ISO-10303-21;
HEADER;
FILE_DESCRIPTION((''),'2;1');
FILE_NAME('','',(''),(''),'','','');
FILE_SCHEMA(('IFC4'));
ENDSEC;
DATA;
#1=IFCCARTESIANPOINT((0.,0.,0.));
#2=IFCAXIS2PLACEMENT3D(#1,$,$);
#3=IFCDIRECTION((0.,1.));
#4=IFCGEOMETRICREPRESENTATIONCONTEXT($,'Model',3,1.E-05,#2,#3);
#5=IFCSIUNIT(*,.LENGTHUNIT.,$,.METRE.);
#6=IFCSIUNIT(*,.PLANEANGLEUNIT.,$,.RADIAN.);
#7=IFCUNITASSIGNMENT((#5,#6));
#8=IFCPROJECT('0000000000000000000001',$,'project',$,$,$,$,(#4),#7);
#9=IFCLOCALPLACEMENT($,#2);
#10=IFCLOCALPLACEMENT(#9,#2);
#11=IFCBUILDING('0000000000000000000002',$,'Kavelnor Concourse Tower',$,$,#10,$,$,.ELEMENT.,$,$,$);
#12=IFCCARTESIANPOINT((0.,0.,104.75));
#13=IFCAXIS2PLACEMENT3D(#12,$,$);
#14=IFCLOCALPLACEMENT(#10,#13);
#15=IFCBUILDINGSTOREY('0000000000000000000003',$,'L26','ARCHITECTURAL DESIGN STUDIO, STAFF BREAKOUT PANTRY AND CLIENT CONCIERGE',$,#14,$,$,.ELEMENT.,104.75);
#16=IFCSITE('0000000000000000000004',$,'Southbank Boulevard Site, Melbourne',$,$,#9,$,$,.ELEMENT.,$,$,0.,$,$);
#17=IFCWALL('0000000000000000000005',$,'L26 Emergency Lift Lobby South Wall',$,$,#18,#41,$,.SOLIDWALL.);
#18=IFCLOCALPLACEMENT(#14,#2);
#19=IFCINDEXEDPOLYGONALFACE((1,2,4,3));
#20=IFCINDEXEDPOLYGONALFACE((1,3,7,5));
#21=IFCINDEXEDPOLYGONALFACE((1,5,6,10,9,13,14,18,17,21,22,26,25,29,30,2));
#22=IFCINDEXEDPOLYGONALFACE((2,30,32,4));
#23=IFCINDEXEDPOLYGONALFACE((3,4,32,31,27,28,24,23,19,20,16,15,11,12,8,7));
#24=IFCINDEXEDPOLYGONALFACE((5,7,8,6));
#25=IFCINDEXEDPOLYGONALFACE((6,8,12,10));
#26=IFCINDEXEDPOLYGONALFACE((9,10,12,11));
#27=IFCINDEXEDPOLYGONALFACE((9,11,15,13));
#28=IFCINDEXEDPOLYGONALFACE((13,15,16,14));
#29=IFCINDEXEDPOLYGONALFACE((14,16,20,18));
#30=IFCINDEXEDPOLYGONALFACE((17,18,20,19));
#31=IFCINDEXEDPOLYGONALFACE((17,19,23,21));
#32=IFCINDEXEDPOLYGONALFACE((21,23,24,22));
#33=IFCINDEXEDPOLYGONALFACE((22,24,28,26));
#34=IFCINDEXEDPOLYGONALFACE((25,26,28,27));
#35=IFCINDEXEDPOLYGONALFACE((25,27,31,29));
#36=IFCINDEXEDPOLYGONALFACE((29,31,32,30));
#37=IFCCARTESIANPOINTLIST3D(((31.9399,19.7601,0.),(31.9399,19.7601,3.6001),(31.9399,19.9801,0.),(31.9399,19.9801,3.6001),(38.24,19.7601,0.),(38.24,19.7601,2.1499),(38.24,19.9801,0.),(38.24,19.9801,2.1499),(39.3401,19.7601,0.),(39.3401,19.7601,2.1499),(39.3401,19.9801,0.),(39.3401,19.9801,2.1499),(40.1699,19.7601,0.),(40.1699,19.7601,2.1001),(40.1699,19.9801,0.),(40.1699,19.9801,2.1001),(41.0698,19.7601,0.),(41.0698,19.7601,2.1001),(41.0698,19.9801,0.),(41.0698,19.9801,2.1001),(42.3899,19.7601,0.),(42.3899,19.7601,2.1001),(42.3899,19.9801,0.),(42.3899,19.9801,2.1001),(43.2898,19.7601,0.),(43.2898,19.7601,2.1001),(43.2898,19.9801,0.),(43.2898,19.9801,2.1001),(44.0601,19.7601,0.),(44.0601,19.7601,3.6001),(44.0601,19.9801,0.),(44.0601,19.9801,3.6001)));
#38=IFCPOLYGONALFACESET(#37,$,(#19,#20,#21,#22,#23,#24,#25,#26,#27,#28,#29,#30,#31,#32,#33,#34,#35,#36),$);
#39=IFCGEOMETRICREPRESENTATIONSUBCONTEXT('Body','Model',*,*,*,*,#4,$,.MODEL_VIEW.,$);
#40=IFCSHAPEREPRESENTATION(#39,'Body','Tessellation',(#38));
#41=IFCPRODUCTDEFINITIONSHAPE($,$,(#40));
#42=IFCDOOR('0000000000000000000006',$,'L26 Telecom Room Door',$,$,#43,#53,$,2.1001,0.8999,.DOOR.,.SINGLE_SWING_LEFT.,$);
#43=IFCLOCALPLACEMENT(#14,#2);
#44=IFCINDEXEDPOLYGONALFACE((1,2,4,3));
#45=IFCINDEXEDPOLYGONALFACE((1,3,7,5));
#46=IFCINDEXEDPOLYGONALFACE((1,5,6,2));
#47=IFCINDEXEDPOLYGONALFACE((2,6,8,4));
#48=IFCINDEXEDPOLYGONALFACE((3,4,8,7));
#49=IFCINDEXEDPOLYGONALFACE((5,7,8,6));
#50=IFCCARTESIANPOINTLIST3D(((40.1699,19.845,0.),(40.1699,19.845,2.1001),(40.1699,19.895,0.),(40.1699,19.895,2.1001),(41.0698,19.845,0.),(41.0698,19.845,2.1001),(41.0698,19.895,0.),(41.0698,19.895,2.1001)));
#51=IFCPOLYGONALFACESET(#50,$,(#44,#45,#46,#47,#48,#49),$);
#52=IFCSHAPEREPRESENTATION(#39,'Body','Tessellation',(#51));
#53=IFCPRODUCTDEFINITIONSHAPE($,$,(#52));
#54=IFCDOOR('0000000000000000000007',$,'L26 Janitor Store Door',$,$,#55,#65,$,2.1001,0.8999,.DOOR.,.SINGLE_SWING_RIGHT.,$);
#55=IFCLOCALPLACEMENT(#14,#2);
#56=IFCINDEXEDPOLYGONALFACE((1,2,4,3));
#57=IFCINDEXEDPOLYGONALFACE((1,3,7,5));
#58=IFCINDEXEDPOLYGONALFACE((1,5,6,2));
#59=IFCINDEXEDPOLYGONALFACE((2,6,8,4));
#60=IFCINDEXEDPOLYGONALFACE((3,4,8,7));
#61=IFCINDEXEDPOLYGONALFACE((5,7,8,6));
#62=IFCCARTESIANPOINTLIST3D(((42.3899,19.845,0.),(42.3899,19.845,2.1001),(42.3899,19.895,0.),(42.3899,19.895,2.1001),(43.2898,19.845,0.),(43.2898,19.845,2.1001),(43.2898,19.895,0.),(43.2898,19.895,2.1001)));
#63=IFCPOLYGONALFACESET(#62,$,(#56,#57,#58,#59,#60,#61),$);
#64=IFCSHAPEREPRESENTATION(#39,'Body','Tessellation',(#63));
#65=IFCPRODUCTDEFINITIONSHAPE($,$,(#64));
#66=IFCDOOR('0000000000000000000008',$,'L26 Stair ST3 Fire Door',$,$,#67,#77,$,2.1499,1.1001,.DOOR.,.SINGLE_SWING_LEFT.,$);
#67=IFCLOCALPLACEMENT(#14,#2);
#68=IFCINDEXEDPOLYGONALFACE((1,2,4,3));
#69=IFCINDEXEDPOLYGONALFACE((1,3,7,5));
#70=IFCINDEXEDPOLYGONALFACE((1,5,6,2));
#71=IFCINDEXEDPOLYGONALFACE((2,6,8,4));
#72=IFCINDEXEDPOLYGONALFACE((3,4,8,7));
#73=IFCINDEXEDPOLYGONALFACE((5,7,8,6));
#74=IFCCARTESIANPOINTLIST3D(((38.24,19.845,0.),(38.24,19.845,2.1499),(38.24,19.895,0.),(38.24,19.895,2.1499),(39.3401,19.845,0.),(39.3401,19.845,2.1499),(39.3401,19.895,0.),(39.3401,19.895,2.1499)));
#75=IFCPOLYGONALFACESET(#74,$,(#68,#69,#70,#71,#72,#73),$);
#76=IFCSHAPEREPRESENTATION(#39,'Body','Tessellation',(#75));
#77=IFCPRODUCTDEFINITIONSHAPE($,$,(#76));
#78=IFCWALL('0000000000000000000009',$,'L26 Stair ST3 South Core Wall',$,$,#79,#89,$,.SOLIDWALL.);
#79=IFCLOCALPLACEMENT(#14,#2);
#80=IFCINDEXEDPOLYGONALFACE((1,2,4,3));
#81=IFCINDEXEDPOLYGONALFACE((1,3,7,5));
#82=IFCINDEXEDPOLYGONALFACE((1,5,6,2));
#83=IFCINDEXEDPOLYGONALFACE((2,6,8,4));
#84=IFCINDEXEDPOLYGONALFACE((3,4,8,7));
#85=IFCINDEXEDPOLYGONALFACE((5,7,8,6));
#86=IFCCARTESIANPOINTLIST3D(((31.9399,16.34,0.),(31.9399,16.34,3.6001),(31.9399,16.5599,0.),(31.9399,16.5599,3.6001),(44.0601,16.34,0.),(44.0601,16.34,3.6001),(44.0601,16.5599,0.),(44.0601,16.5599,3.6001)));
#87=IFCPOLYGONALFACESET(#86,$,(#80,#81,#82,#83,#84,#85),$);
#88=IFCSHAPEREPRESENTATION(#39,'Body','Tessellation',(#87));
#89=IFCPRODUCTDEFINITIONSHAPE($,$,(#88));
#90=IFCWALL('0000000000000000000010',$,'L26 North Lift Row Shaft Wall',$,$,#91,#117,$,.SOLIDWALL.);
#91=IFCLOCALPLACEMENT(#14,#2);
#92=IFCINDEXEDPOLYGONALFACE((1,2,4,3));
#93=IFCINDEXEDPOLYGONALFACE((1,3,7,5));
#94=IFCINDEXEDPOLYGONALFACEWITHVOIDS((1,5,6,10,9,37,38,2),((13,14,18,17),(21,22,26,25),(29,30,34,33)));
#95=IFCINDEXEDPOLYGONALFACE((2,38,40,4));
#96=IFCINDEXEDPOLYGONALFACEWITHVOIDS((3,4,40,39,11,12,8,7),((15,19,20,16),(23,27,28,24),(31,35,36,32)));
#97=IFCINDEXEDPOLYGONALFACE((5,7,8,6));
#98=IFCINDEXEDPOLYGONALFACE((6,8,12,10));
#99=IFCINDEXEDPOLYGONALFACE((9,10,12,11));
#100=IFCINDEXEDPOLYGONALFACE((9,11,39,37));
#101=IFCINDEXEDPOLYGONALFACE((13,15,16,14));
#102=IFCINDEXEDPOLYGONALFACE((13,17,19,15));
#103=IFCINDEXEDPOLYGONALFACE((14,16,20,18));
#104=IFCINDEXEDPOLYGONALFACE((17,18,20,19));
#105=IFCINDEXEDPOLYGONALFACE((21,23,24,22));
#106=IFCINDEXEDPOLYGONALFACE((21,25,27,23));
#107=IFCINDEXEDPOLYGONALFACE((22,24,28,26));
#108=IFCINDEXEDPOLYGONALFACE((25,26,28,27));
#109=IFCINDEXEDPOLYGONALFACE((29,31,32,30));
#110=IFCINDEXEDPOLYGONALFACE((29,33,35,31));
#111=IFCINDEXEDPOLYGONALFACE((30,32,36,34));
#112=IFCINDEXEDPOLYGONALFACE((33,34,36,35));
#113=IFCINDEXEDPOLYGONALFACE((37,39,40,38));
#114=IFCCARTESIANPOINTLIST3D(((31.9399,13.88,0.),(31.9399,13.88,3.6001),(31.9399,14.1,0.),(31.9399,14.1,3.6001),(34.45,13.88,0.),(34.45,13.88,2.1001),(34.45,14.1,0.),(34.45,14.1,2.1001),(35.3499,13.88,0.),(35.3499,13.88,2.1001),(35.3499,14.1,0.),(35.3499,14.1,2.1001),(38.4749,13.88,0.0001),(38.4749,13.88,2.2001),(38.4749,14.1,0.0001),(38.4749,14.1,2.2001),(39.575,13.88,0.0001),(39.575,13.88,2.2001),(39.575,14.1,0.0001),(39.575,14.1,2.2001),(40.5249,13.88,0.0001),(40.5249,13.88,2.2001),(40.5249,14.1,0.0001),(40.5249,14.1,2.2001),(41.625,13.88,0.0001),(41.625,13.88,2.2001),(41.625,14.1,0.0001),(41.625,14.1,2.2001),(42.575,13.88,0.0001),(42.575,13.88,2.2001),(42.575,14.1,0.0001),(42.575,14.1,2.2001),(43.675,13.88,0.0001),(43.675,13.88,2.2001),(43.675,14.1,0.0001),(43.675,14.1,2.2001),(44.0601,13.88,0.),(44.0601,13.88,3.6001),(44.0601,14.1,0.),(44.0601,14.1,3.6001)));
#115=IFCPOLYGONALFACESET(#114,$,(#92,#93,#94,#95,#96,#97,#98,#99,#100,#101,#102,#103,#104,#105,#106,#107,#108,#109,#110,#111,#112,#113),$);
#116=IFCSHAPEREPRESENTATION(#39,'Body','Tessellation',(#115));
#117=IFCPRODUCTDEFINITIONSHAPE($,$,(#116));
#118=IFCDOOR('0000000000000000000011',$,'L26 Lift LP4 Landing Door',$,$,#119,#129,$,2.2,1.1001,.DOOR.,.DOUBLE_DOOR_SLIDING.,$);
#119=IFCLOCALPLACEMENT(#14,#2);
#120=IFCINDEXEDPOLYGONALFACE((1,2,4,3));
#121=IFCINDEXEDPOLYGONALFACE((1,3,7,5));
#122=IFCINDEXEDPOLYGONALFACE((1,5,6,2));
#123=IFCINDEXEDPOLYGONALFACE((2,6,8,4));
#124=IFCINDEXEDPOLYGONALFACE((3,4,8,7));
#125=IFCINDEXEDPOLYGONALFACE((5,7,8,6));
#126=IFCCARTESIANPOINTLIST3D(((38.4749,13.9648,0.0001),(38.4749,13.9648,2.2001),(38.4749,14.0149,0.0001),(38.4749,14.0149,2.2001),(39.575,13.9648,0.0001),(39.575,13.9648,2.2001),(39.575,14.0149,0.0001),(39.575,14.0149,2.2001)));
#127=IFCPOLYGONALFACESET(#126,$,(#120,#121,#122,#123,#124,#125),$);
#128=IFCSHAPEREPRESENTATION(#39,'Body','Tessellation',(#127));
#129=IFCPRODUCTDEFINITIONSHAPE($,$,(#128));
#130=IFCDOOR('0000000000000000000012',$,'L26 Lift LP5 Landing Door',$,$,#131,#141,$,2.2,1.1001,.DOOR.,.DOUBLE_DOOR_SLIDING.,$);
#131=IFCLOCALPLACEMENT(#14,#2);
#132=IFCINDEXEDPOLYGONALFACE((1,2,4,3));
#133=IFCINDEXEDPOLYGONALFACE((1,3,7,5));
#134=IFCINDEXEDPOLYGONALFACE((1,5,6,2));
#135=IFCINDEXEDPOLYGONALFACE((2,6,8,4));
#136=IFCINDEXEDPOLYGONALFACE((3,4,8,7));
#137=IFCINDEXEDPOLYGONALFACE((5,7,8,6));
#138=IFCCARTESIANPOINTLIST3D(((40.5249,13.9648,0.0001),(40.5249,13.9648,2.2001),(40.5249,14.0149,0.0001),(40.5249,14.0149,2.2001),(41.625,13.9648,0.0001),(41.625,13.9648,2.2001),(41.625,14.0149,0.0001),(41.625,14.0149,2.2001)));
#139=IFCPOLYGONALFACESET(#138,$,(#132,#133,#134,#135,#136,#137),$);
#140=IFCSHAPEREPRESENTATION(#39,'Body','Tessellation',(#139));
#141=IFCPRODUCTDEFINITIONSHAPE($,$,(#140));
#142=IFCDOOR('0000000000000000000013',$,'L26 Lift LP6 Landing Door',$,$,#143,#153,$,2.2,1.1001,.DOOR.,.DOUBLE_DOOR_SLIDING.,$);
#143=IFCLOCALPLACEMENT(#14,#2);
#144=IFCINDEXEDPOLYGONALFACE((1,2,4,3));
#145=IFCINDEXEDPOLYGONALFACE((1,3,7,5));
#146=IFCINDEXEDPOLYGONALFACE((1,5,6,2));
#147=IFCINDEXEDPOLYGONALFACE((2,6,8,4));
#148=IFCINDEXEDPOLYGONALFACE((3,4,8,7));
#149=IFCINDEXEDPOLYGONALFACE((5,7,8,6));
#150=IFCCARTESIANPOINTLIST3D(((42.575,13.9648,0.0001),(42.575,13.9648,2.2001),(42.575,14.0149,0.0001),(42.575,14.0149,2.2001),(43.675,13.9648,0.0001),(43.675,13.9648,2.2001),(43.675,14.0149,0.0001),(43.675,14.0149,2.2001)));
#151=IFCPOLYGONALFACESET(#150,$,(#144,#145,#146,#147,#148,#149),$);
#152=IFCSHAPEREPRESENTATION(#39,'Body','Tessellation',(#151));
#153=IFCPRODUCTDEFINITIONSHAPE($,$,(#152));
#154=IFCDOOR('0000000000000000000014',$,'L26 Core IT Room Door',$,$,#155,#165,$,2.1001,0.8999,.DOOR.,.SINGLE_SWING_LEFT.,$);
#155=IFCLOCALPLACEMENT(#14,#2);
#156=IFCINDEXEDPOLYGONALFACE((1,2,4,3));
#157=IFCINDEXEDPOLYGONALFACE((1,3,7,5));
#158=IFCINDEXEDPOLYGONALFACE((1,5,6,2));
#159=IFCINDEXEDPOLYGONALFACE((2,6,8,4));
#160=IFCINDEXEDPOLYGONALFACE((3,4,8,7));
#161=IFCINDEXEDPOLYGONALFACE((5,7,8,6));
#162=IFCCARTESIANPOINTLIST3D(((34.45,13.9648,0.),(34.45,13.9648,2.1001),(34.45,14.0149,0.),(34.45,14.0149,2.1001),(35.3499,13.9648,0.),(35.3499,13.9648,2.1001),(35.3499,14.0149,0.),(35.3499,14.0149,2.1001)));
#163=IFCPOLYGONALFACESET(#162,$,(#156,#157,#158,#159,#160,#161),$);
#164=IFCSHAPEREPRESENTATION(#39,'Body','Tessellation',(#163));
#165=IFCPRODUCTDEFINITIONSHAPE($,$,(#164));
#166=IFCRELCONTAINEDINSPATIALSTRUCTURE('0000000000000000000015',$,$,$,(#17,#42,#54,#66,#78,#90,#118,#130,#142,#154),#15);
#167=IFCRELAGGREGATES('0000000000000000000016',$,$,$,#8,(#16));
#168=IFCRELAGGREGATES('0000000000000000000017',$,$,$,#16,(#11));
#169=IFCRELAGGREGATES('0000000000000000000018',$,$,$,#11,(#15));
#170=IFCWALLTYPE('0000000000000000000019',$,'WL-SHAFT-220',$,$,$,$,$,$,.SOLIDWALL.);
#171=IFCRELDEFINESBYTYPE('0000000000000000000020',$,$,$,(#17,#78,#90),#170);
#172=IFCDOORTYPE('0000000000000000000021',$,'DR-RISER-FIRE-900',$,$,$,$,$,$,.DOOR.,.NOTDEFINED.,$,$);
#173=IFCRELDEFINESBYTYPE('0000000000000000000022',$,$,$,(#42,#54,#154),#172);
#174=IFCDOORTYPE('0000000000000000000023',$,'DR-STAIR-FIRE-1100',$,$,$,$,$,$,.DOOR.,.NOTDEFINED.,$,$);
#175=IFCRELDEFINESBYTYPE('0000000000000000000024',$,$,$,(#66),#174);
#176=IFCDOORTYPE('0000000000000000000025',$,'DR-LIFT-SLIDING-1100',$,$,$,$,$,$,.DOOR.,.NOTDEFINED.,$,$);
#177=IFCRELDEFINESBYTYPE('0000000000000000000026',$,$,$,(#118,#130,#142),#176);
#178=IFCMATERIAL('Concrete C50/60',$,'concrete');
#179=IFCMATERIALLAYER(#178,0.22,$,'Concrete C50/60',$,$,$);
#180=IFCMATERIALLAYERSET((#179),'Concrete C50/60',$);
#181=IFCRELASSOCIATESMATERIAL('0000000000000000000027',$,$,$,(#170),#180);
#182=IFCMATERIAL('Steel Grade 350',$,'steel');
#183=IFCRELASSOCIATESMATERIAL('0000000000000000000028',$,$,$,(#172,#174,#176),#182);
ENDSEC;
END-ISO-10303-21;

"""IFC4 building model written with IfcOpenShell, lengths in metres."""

from ifc_helpers import new_model, si_unit, direction, frame, frame_2d, origin, place, context, subcontext, project, spatial, rectangle, extrude, material, layer, layer_set, type_object, element, fill, save


model = new_model("IFC4")

# Units and contexts
model_context = context("Model", 3, precision=1e-05, world=origin(), true_north=direction((0.0, 1.0)))
body_context = subcontext(model_context, "Body", "Model", "MODEL_VIEW")
ifc_project = project(units=[si_unit("LENGTHUNIT", "METRE"), si_unit("PLANEANGLEUNIT", "RADIAN")], contexts=[model_context])

# Site, building, storey
site_placement = place(None, origin())
site = spatial("IfcSite", under=ifc_project, at=site_placement, Name="Southbank Boulevard Site, Melbourne", CompositionType="ELEMENT", RefElevation=0.0)
building_placement = place(site_placement, origin())
building = spatial("IfcBuilding", under=site, at=building_placement, Name="Kavelnor Concourse Tower", CompositionType="ELEMENT")
storey_placement = place(building_placement, frame((0.0, 0.0, 104.75)))
storey = spatial("IfcBuildingStorey", under=building, at=storey_placement, Name="L26", Description="ARCHITECTURAL DESIGN STUDIO, STAFF BREAKOUT PANTRY AND CLIENT CONCIERGE", CompositionType="ELEMENT", Elevation=104.75)

# Shared definitions
ifc_material_1 = material(Name="Steel Grade 350", Category="steel")

# Wall, openings, doors
ifc_material_2 = material(Name="Concrete C50/60", Category="concrete")
ifc_layer_1 = layer(ifc_material_2, 0.22, Name="Concrete C50/60")
ifc_layer_set_1 = layer_set([ifc_layer_1], Name="Concrete C50/60")
wall_type_1 = type_object("IfcWallType", Name="WL-SHAFT-220", PredefinedType="SOLIDWALL", material=ifc_layer_set_1)
wall_1_placement = place(storey_placement, frame((31.9399, 19.8701, 0.0), z_axis=(0.0, 0.0, 1.0), x_axis=(1.0, 0.0, 0.0)))
wall_1 = element("IfcWall", 1, at=wall_1_placement, inside=storey, type_object=wall_type_1, Name="L26 Emergency Lift Lobby South Wall", PredefinedType="SOLIDWALL", context=body_context, shape_type="SweptSolid", body=[
    extrude(rectangle(XDim=12.1201, YDim=0.22, at=frame_2d((6.0601, 0.0))), origin(), (0.0, 0.0, 1.0), 3.6001),
])
opening_1_placement = place(wall_1_placement, frame((6.3, 0.0, 0.0)))
opening_1 = element("IfcOpeningElement", 2, at=opening_1_placement, cuts=wall_1, PredefinedType="OPENING", context=body_context, shape_type="SweptSolid", body=[
    extrude(rectangle(XDim=1.1001, YDim=2.1499, at=frame_2d((0.55, 1.075))), frame((0.0, 0.1201, 0.0), z_axis=(0.0, -1.0, 0.0), x_axis=(1.0, 0.0, 0.0)), (0.0, 0.0, 1.0), 0.24),
])
opening_2_placement = place(wall_1_placement, frame((8.23, 0.0, 0.0)))
opening_2 = element("IfcOpeningElement", 3, at=opening_2_placement, cuts=wall_1, PredefinedType="OPENING", context=body_context, shape_type="SweptSolid", body=[
    extrude(rectangle(XDim=0.8999, YDim=2.1001, at=frame_2d((0.45, 1.05))), frame((0.0, 0.1201, 0.0), z_axis=(0.0, -1.0, 0.0), x_axis=(1.0, 0.0, 0.0)), (0.0, 0.0, 1.0), 0.24),
])
opening_3_placement = place(wall_1_placement, frame((10.45, 0.0, 0.0)))
opening_3 = element("IfcOpeningElement", 4, at=opening_3_placement, cuts=wall_1, PredefinedType="OPENING", context=body_context, shape_type="SweptSolid", body=[
    extrude(rectangle(XDim=0.8999, YDim=2.1001, at=frame_2d((0.45, 1.05))), frame((0.0, 0.1201, 0.0), z_axis=(0.0, -1.0, 0.0), x_axis=(1.0, 0.0, 0.0)), (0.0, 0.0, 1.0), 0.24),
])
door_type_1 = type_object("IfcDoorType", Name="DR-RISER-FIRE-900", OperationType="NOTDEFINED", PredefinedType="DOOR", material=ifc_material_1)
door_1_placement = place(opening_2_placement, origin())
door_1 = element("IfcDoor", 5, at=door_1_placement, inside=storey, type_object=door_type_1, Name="L26 Telecom Room Door", OperationType="SINGLE_SWING_LEFT", OverallHeight=2.1001, OverallWidth=0.8999, PredefinedType="DOOR", context=body_context, shape_type="SweptSolid", body=[
    extrude(rectangle(XDim=0.8999, YDim=2.1001, at=frame_2d((0.45, 1.05))), frame((0.0, 0.0249, 0.0), z_axis=(0.0, -1.0, 0.0), x_axis=(1.0, 0.0, 0.0)), (0.0, 0.0, 1.0), 0.05),
])
fill(opening_2, door_1)
door_2_placement = place(opening_3_placement, origin())
door_2 = element("IfcDoor", 6, at=door_2_placement, inside=storey, type_object=door_type_1, Name="L26 Janitor Store Door", OperationType="SINGLE_SWING_RIGHT", OverallHeight=2.1001, OverallWidth=0.8999, PredefinedType="DOOR", context=body_context, shape_type="SweptSolid", body=[
    extrude(rectangle(XDim=0.8999, YDim=2.1001, at=frame_2d((0.45, 1.05))), frame((0.0, 0.0249, 0.0), z_axis=(0.0, -1.0, 0.0), x_axis=(1.0, 0.0, 0.0)), (0.0, 0.0, 1.0), 0.05),
])
fill(opening_3, door_2)
door_type_2 = type_object("IfcDoorType", Name="DR-STAIR-FIRE-1100", OperationType="NOTDEFINED", PredefinedType="DOOR", material=ifc_material_1)
door_3_placement = place(opening_1_placement, origin())
door_3 = element("IfcDoor", 7, at=door_3_placement, inside=storey, type_object=door_type_2, Name="L26 Stair ST3 Fire Door", OperationType="SINGLE_SWING_LEFT", OverallHeight=2.1499, OverallWidth=1.1001, PredefinedType="DOOR", context=body_context, shape_type="SweptSolid", body=[
    extrude(rectangle(XDim=1.1001, YDim=2.1499, at=frame_2d((0.55, 1.075))), frame((0.0, 0.0249, 0.0), z_axis=(0.0, -1.0, 0.0), x_axis=(1.0, 0.0, 0.0)), (0.0, 0.0, 1.0), 0.05),
])
fill(opening_1, door_3)

# Wall
wall_2_placement = place(storey_placement, frame((31.9399, 16.45, 0.0), z_axis=(0.0, 0.0, 1.0), x_axis=(1.0, 0.0, 0.0)))
element("IfcWall", 8, at=wall_2_placement, inside=storey, type_object=wall_type_1, Name="L26 Stair ST3 South Core Wall", PredefinedType="SOLIDWALL", context=body_context, shape_type="SweptSolid", body=[
    extrude(rectangle(XDim=12.1201, YDim=0.22, at=frame_2d((6.0601, 0.0))), origin(), (0.0, 0.0, 1.0), 3.6001),
])

# Wall, openings, doors
wall_3_placement = place(storey_placement, frame((31.9399, 13.99, 0.0), z_axis=(0.0, 0.0, 1.0), x_axis=(1.0, 0.0, 0.0)))
wall_3 = element("IfcWall", 9, at=wall_3_placement, inside=storey, type_object=wall_type_1, Name="L26 North Lift Row Shaft Wall", PredefinedType="SOLIDWALL", context=body_context, shape_type="SweptSolid", body=[
    extrude(rectangle(XDim=12.1201, YDim=0.22, at=frame_2d((6.0601, 0.0))), origin(), (0.0, 0.0, 1.0), 3.6001),
])
opening_4_placement = place(wall_3_placement, frame((2.51, 0.0, 0.0)))
opening_4 = element("IfcOpeningElement", 10, at=opening_4_placement, cuts=wall_3, PredefinedType="OPENING", context=body_context, shape_type="SweptSolid", body=[
    extrude(rectangle(XDim=0.8999, YDim=2.1001, at=frame_2d((0.45, 1.05))), frame((0.0, 0.1201, 0.0), z_axis=(0.0, -1.0, 0.0), x_axis=(1.0, 0.0, 0.0)), (0.0, 0.0, 1.0), 0.24),
])
opening_5_placement = place(wall_3_placement, frame((6.5349, 0.0, 0.0)))
opening_5 = element("IfcOpeningElement", 11, at=opening_5_placement, cuts=wall_3, PredefinedType="OPENING", context=body_context, shape_type="SweptSolid", body=[
    extrude(rectangle(XDim=1.1001, YDim=2.2, at=frame_2d((0.55, 1.1001))), frame((0.0, 0.1201, 0.0), z_axis=(0.0, -1.0, 0.0), x_axis=(1.0, 0.0, 0.0)), (0.0, 0.0, 1.0), 0.24),
])
opening_6_placement = place(wall_3_placement, frame((8.585, 0.0, 0.0)))
opening_6 = element("IfcOpeningElement", 12, at=opening_6_placement, cuts=wall_3, PredefinedType="OPENING", context=body_context, shape_type="SweptSolid", body=[
    extrude(rectangle(XDim=1.1001, YDim=2.2, at=frame_2d((0.55, 1.1001))), frame((0.0, 0.1201, 0.0), z_axis=(0.0, -1.0, 0.0), x_axis=(1.0, 0.0, 0.0)), (0.0, 0.0, 1.0), 0.24),
])
opening_7_placement = place(wall_3_placement, frame((10.635, 0.0, 0.0)))
opening_7 = element("IfcOpeningElement", 13, at=opening_7_placement, cuts=wall_3, PredefinedType="OPENING", context=body_context, shape_type="SweptSolid", body=[
    extrude(rectangle(XDim=1.1001, YDim=2.2, at=frame_2d((0.55, 1.1001))), frame((0.0, 0.1201, 0.0), z_axis=(0.0, -1.0, 0.0), x_axis=(1.0, 0.0, 0.0)), (0.0, 0.0, 1.0), 0.24),
])
door_type_3 = type_object("IfcDoorType", Name="DR-LIFT-SLIDING-1100", OperationType="NOTDEFINED", PredefinedType="DOOR", material=ifc_material_1)
door_4_placement = place(opening_5_placement, origin())
door_4 = element("IfcDoor", 14, at=door_4_placement, inside=storey, type_object=door_type_3, Name="L26 Lift LP4 Landing Door", OperationType="DOUBLE_DOOR_SLIDING", OverallHeight=2.2, OverallWidth=1.1001, PredefinedType="DOOR", context=body_context, shape_type="SweptSolid", body=[
    extrude(rectangle(XDim=1.1001, YDim=2.2, at=frame_2d((0.55, 1.1001))), frame((0.0, 0.0249, 0.0), z_axis=(0.0, -1.0, 0.0), x_axis=(1.0, 0.0, 0.0)), (0.0, 0.0, 1.0), 0.05),
])
fill(opening_5, door_4)
door_5_placement = place(opening_6_placement, origin())
door_5 = element("IfcDoor", 15, at=door_5_placement, inside=storey, type_object=door_type_3, Name="L26 Lift LP5 Landing Door", OperationType="DOUBLE_DOOR_SLIDING", OverallHeight=2.2, OverallWidth=1.1001, PredefinedType="DOOR", context=body_context, shape_type="SweptSolid", body=[
    extrude(rectangle(XDim=1.1001, YDim=2.2, at=frame_2d((0.55, 1.1001))), frame((0.0, 0.0249, 0.0), z_axis=(0.0, -1.0, 0.0), x_axis=(1.0, 0.0, 0.0)), (0.0, 0.0, 1.0), 0.05),
])
fill(opening_6, door_5)
door_6_placement = place(opening_7_placement, origin())
door_6 = element("IfcDoor", 16, at=door_6_placement, inside=storey, type_object=door_type_3, Name="L26 Lift LP6 Landing Door", OperationType="DOUBLE_DOOR_SLIDING", OverallHeight=2.2, OverallWidth=1.1001, PredefinedType="DOOR", context=body_context, shape_type="SweptSolid", body=[
    extrude(rectangle(XDim=1.1001, YDim=2.2, at=frame_2d((0.55, 1.1001))), frame((0.0, 0.0249, 0.0), z_axis=(0.0, -1.0, 0.0), x_axis=(1.0, 0.0, 0.0)), (0.0, 0.0, 1.0), 0.05),
])
fill(opening_7, door_6)
door_7_placement = place(opening_4_placement, origin())
door_7 = element("IfcDoor", 17, at=door_7_placement, inside=storey, type_object=door_type_1, Name="L26 Core IT Room Door", OperationType="SINGLE_SWING_LEFT", OverallHeight=2.1001, OverallWidth=0.8999, PredefinedType="DOOR", context=body_context, shape_type="SweptSolid", body=[
    extrude(rectangle(XDim=0.8999, YDim=2.1001, at=frame_2d((0.45, 1.05))), frame((0.0, 0.0249, 0.0), z_axis=(0.0, -1.0, 0.0), x_axis=(1.0, 0.0, 0.0)), (0.0, 0.0, 1.0), 0.05),
])
fill(opening_4, door_7)

save(model, "model.ifc")
